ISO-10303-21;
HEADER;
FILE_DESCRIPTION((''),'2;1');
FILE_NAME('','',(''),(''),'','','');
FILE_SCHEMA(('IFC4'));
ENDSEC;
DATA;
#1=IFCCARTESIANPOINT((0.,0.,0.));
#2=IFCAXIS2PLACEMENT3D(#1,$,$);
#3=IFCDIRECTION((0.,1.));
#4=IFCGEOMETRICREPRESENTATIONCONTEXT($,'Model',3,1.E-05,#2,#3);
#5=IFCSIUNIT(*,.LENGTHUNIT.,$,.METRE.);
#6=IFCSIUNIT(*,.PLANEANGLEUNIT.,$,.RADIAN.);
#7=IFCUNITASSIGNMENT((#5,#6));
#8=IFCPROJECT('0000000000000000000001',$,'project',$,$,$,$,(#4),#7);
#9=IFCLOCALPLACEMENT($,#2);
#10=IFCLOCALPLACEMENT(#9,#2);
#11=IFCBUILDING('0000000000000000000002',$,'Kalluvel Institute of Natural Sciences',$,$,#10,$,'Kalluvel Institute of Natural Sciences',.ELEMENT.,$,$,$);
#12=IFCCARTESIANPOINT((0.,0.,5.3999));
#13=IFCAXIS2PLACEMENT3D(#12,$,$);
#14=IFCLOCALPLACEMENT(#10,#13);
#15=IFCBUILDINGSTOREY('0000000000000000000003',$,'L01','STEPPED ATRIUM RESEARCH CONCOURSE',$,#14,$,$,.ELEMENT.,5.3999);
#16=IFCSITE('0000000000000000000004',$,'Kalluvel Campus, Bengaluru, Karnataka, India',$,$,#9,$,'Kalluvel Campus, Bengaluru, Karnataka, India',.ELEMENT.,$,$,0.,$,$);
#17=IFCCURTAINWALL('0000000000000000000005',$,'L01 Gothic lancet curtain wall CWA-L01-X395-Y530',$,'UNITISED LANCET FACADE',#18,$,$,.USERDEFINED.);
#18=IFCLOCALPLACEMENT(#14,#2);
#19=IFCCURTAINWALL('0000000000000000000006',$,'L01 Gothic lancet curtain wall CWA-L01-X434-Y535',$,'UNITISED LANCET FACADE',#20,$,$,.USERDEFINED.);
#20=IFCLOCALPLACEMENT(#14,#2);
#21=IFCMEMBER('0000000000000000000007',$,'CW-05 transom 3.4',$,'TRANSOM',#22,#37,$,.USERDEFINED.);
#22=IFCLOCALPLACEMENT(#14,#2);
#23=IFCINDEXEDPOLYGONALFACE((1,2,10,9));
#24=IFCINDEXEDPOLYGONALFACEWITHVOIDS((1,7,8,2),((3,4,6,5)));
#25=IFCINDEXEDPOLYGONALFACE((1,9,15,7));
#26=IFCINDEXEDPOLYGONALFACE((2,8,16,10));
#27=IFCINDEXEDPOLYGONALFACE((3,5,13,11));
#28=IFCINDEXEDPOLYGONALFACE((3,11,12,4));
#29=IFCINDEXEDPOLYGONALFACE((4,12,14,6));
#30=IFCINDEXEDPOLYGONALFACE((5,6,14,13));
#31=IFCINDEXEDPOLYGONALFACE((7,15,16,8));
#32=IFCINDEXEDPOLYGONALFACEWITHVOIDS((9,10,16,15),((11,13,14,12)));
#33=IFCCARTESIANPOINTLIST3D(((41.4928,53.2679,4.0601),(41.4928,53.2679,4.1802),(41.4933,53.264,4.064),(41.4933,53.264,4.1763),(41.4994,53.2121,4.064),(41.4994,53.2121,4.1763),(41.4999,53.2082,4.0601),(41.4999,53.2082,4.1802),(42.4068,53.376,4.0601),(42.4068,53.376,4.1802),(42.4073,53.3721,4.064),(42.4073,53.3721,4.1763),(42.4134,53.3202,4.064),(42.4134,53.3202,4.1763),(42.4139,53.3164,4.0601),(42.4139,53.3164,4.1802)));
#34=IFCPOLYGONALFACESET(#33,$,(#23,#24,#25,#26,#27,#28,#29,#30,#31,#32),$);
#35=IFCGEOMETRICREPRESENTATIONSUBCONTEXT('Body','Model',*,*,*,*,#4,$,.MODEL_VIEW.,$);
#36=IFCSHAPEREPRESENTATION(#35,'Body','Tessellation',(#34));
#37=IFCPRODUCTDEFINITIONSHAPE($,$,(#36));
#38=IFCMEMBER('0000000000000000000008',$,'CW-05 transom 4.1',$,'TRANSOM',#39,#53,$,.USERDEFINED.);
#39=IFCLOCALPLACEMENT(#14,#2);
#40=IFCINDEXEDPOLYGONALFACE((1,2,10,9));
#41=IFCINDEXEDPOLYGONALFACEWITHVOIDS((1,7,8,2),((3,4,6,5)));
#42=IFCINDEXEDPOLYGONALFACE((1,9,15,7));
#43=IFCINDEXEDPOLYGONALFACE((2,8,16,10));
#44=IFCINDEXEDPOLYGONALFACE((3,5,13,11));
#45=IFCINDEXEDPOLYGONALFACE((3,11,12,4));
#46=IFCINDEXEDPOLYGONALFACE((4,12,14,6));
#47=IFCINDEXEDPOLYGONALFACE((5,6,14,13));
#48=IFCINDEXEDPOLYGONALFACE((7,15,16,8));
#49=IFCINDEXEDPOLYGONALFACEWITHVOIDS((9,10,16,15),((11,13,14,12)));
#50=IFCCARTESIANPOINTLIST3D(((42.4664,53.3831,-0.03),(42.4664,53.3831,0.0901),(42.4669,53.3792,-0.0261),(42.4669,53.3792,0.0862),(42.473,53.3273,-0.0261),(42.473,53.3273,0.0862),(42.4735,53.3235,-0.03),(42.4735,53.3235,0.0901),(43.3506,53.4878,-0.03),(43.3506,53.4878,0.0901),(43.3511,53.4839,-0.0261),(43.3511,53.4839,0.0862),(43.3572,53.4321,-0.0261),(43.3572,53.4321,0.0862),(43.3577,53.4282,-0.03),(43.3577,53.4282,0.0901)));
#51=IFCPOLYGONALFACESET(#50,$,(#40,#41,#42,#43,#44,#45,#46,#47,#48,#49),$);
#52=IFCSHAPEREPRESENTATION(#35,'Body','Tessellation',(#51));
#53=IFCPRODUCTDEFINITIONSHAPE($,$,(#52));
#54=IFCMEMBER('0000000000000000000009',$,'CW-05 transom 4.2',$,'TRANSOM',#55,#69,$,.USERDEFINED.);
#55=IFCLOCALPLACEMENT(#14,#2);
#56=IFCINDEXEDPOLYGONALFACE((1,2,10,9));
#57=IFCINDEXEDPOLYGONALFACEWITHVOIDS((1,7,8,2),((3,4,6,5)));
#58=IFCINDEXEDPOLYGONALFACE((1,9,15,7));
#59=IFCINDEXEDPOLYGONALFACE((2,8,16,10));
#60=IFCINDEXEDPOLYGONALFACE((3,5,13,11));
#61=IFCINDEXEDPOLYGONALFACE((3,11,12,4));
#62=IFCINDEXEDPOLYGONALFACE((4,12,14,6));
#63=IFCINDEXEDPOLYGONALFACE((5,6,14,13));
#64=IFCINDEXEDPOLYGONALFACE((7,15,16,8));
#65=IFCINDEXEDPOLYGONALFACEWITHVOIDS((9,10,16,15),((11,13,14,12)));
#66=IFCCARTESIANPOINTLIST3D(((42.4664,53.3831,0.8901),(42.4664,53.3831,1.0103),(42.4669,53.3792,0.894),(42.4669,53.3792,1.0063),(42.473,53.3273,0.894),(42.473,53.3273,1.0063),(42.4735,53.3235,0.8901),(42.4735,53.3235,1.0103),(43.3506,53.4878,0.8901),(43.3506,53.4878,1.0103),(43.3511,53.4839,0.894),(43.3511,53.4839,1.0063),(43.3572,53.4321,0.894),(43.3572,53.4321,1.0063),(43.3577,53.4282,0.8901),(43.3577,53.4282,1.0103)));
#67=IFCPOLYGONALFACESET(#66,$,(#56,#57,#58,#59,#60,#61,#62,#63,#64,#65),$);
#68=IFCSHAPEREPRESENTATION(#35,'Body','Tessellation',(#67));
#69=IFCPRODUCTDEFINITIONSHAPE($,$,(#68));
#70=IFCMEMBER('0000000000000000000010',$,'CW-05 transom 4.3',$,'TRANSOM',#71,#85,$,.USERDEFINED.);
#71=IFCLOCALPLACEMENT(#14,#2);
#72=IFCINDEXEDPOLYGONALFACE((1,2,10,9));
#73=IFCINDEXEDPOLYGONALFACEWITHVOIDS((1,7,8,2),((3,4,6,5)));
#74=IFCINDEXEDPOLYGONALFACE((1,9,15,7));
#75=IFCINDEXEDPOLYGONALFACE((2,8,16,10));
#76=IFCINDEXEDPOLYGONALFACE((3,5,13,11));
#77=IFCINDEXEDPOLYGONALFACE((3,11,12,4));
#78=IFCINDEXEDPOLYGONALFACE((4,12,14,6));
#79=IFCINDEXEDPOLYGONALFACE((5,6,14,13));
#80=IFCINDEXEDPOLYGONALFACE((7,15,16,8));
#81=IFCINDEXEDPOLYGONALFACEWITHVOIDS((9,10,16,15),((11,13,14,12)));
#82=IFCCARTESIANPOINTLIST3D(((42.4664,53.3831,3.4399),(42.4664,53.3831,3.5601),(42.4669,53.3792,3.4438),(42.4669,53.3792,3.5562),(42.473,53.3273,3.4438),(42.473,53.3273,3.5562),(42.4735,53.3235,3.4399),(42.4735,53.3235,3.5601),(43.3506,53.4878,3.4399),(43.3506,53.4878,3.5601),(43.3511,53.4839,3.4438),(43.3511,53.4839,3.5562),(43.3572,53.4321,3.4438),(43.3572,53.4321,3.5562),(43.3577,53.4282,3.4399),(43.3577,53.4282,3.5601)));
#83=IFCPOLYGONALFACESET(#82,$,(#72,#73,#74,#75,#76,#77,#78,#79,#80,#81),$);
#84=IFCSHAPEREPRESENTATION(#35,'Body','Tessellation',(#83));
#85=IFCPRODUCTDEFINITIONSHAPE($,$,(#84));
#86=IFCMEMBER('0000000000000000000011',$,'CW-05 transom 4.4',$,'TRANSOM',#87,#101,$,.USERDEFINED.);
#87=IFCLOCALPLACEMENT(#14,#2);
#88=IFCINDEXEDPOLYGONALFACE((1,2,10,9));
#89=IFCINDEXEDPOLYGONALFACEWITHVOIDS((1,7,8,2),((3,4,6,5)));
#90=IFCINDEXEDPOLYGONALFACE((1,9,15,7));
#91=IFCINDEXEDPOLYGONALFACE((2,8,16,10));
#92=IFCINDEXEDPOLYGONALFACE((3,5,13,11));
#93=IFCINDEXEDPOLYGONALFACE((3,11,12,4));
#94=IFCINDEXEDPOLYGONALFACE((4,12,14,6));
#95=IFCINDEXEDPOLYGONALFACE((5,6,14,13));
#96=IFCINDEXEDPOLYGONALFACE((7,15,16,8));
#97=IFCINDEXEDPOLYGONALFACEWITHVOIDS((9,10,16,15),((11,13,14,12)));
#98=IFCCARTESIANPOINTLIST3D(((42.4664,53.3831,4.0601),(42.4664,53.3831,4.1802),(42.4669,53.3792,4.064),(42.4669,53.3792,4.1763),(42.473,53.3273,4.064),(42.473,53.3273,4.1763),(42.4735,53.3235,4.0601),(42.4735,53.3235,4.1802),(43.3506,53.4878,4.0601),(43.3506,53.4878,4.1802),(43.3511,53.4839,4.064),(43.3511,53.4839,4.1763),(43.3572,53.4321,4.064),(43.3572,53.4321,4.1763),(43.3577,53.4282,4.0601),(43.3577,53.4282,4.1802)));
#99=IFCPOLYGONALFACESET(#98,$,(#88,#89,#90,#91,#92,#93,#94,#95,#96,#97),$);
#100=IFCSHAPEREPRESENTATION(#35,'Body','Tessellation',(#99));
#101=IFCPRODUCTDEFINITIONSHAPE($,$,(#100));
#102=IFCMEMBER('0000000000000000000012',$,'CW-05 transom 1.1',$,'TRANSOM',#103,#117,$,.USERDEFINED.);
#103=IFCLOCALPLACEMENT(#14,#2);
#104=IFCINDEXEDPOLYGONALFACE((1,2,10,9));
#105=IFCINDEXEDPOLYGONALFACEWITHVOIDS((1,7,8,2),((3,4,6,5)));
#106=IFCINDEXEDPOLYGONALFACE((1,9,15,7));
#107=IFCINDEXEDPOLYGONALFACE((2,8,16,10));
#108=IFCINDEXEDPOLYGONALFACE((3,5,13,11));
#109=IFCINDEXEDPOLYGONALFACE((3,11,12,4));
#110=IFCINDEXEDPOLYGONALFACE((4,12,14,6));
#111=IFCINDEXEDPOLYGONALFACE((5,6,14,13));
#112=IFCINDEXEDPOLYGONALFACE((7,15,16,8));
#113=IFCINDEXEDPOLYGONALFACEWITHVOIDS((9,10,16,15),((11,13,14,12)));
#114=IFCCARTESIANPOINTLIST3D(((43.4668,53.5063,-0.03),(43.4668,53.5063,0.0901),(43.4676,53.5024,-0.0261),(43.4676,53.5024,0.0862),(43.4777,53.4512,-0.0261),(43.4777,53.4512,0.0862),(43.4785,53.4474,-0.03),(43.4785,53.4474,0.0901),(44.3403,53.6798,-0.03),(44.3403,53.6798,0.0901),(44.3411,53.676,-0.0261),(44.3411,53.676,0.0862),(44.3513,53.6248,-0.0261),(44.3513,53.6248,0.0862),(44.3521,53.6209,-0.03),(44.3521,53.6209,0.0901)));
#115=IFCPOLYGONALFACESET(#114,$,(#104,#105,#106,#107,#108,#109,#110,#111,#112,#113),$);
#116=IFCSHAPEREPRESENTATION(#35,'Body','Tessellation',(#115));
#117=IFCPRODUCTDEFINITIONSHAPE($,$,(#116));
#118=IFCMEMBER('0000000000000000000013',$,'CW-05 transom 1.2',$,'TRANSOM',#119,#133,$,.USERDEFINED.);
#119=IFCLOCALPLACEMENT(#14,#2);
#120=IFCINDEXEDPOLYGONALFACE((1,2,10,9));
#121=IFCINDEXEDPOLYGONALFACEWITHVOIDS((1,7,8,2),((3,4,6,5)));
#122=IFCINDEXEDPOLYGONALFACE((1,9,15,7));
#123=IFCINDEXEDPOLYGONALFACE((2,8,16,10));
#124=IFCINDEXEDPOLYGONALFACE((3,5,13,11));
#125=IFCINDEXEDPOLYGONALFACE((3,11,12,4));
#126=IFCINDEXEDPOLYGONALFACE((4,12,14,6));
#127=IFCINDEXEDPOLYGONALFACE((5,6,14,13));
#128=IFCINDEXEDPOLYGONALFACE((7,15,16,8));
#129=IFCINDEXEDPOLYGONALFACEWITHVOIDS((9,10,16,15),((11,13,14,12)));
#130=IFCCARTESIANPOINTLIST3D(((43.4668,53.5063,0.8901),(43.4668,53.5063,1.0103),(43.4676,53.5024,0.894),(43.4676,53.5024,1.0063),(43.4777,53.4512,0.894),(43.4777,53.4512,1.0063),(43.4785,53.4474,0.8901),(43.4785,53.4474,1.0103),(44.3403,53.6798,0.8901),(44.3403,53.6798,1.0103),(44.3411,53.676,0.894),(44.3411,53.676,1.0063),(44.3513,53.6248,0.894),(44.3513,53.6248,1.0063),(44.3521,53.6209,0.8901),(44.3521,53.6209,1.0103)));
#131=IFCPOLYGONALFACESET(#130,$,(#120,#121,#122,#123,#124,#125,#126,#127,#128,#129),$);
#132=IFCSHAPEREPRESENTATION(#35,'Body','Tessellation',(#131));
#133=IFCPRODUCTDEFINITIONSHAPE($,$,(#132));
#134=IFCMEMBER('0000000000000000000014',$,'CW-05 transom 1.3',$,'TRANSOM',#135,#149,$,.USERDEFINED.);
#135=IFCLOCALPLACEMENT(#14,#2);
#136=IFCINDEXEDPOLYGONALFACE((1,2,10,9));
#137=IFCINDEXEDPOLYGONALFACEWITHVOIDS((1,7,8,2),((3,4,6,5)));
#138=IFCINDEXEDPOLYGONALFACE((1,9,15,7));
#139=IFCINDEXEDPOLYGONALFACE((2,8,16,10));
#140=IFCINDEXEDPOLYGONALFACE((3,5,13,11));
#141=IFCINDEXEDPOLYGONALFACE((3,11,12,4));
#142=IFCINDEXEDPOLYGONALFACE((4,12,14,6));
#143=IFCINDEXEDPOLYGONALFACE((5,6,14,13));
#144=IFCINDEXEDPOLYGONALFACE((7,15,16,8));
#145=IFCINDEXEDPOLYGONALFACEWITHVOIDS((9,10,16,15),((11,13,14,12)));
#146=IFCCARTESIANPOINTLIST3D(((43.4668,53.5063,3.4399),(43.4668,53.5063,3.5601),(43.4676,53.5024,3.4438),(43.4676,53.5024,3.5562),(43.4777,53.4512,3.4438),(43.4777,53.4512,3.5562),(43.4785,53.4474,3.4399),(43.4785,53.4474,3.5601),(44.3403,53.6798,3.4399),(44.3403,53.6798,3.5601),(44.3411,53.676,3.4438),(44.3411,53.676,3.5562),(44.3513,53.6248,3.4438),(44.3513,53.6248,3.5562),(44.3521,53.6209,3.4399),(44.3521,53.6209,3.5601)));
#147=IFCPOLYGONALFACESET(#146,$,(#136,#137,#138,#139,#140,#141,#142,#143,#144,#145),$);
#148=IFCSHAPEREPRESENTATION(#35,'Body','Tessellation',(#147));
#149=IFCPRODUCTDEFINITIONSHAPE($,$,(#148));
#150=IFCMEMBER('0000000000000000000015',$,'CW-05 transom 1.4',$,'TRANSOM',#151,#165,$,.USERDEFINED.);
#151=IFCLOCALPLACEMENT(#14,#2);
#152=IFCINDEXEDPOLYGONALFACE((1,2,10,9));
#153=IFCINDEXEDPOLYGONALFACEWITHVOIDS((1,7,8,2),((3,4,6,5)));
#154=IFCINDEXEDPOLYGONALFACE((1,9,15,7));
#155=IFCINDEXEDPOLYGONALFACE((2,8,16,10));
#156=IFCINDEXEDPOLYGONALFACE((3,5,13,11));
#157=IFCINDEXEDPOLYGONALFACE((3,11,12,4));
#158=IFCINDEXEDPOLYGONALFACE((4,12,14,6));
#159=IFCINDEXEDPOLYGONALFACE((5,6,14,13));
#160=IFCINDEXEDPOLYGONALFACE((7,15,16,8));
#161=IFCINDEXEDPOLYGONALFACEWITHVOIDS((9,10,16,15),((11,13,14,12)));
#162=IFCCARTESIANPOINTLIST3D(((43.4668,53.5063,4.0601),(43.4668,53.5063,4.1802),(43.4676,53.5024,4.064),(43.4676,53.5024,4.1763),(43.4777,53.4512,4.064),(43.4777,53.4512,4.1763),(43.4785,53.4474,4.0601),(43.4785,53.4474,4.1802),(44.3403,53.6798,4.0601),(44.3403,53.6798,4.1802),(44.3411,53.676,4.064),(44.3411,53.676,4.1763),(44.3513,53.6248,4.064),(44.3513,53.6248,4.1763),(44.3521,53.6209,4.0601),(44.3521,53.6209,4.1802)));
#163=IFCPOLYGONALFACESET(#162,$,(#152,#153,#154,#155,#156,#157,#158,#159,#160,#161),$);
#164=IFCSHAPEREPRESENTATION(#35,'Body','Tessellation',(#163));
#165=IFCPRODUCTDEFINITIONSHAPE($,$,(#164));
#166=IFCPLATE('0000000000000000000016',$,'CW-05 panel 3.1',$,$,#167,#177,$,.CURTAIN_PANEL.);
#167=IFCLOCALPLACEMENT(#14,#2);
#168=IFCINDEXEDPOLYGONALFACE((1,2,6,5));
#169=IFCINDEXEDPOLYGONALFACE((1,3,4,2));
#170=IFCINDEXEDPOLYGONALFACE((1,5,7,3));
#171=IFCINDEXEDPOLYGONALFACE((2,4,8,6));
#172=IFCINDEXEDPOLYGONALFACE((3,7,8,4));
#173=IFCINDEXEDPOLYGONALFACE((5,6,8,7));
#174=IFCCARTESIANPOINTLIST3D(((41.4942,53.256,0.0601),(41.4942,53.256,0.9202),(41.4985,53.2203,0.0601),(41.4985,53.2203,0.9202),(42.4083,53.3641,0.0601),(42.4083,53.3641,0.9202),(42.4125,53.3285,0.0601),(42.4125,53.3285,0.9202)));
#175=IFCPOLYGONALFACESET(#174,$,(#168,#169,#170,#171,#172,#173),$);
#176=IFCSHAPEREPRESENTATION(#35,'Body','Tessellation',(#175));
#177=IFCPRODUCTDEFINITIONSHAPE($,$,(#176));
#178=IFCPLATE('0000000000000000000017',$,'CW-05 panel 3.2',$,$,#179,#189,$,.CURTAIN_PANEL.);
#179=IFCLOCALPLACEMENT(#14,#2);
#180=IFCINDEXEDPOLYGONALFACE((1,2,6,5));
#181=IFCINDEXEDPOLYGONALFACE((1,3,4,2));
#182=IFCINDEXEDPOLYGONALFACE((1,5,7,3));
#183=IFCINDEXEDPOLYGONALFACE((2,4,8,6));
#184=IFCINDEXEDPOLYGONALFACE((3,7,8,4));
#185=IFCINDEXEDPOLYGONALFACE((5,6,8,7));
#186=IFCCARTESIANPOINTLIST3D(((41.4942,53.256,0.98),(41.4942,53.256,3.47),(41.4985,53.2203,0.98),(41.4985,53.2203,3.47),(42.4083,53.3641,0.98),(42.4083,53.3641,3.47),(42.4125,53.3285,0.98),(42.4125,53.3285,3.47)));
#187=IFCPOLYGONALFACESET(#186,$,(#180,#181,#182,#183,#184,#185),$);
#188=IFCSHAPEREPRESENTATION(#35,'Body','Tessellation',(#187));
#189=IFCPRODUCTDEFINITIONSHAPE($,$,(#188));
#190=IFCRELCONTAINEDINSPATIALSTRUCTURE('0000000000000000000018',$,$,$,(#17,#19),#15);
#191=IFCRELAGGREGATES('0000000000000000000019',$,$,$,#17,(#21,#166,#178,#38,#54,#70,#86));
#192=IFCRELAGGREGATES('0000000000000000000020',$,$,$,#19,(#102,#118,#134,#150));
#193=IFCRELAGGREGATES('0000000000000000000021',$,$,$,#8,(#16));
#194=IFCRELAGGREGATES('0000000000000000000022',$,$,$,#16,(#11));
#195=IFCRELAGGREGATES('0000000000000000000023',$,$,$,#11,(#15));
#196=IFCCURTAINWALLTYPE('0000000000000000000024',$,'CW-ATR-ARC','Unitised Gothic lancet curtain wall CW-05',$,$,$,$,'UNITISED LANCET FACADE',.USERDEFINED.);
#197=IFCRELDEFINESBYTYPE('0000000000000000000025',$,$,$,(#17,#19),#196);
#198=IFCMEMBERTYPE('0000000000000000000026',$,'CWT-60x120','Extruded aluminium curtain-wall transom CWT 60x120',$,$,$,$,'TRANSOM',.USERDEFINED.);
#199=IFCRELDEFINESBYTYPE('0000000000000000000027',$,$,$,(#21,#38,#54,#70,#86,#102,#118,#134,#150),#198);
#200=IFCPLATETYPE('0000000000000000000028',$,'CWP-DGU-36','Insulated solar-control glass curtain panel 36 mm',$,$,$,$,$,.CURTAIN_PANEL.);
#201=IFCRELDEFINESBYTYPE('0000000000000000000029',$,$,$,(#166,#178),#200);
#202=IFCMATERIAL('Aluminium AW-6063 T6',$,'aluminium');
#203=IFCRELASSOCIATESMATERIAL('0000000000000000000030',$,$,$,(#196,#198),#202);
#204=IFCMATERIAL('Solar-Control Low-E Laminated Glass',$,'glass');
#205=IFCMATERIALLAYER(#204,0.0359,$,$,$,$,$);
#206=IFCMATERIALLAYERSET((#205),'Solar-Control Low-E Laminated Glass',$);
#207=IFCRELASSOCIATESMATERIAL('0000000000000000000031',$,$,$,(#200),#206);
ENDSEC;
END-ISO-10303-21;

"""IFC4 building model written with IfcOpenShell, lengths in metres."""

from ifc_helpers import new_model, si_unit, direction, frame, origin, origin_2d, place, context, subcontext, project, spatial, rectangle, hollow_rectangle, extrude, material, layer, layer_set, material_profile, profile_set, type_object, element, aggregate, save


model = new_model("IFC4")

# Units and contexts
model_context = context("Model", 3, precision=1e-05, world=origin(), true_north=direction((0.0, 1.0)))
body_context = subcontext(model_context, "Body", "Model", "MODEL_VIEW")
ifc_project = project(units=[si_unit("LENGTHUNIT", "METRE"), si_unit("PLANEANGLEUNIT", "RADIAN")], contexts=[model_context])

# Site, building, storey
site_placement = place(None, origin())
site = spatial("IfcSite", under=ifc_project, at=site_placement, Name="Kalluvel Campus, Bengaluru, Karnataka, India", LongName="Kalluvel Campus, Bengaluru, Karnataka, India", CompositionType="ELEMENT", RefElevation=0.0)
building_placement = place(site_placement, origin())
building = spatial("IfcBuilding", under=site, at=building_placement, Name="Kalluvel Institute of Natural Sciences", LongName="Kalluvel Institute of Natural Sciences", CompositionType="ELEMENT")
storey_placement = place(building_placement, frame((0.0, 0.0, 5.3999)))
storey = spatial("IfcBuildingStorey", under=building, at=storey_placement, Name="L01", Description="STEPPED ATRIUM RESEARCH CONCOURSE", CompositionType="ELEMENT", Elevation=5.3999)

# Curtain wall
ifc_material_1 = material(Name="Aluminium AW-6063 T6", Category="aluminium")
curtain_wall_type = type_object("IfcCurtainWallType", Name="CW-ATR-ARC", Description="Unitised Gothic lancet curtain wall CW-05", ElementType="UNITISED LANCET FACADE", PredefinedType="USERDEFINED", material=ifc_material_1)
curtain_wall_1_placement = place(storey_placement, origin())
curtain_wall_1 = element("IfcCurtainWall", 1, at=curtain_wall_1_placement, inside=storey, type_object=curtain_wall_type, Name="L01 Gothic lancet curtain wall CWA-L01-X395-Y530", ObjectType="UNITISED LANCET FACADE", PredefinedType="USERDEFINED")

# Curtain wall
curtain_wall_2_placement = place(storey_placement, origin())
curtain_wall_2 = element("IfcCurtainWall", 2, at=curtain_wall_2_placement, inside=storey, type_object=curtain_wall_type, Name="L01 Gothic lancet curtain wall CWA-L01-X434-Y535", ObjectType="UNITISED LANCET FACADE", PredefinedType="USERDEFINED")

# Members
ifc_material_profile_1 = material_profile(ifc_material_1, hollow_rectangle(XDim=0.0601, YDim=0.1201, WallThickness=0.0039, at=origin_2d()), Name="CWT 60x120")
ifc_profile_set_1 = profile_set([ifc_material_profile_1], Name="Aluminium AW-6063 T6")
member_type_1 = type_object("IfcMemberType", Name="CWT-60x120", Description="Extruded aluminium curtain-wall transom CWT 60x120", ElementType="TRANSOM", PredefinedType="USERDEFINED", material=ifc_profile_set_1)
member_1_placement = place(storey_placement, frame((41.4963, 53.238, 4.1201), z_axis=(0.993073, 0.117503, 0.0), x_axis=(-0.117503, 0.993073, 0.0)))
member_1 = element("IfcMember", 3, at=member_1_placement, type_object=member_type_1, Name="CW-05 transom 3.4", ObjectType="TRANSOM", PredefinedType="USERDEFINED", context=body_context, shape_type="SweptSolid", body=[
    extrude(hollow_rectangle(XDim=0.0601, YDim=0.1201, WallThickness=0.0039, at=origin_2d()), origin(), (0.0, 0.0, 1.0), 0.9204),
])
member_2_placement = place(storey_placement, frame((42.47, 53.3533, 0.03), z_axis=(0.993059, 0.117621, 0.0), x_axis=(-0.117621, 0.993059, 0.0)))
member_2 = element("IfcMember", 4, at=member_2_placement, type_object=member_type_1, Name="CW-05 transom 4.1", ObjectType="TRANSOM", PredefinedType="USERDEFINED", context=body_context, shape_type="SweptSolid", body=[
    extrude(hollow_rectangle(XDim=0.0601, YDim=0.1201, WallThickness=0.0039, at=origin_2d()), origin(), (0.0, 0.0, 1.0), 0.8904),
])
member_3_placement = place(storey_placement, frame((42.47, 53.3533, 0.9502), z_axis=(0.993059, 0.117621, 0.0), x_axis=(-0.117621, 0.993059, 0.0)))
member_3 = element("IfcMember", 5, at=member_3_placement, type_object=member_type_1, Name="CW-05 transom 4.2", ObjectType="TRANSOM", PredefinedType="USERDEFINED", context=body_context, shape_type="SweptSolid", body=[
    extrude(hollow_rectangle(XDim=0.0601, YDim=0.1201, WallThickness=0.0039, at=origin_2d()), origin(), (0.0, 0.0, 1.0), 0.8904),
])
member_4_placement = place(storey_placement, frame((42.47, 53.3533, 3.5), z_axis=(0.993059, 0.117621, 0.0), x_axis=(-0.117621, 0.993059, 0.0)))
member_4 = element("IfcMember", 6, at=member_4_placement, type_object=member_type_1, Name="CW-05 transom 4.3", ObjectType="TRANSOM", PredefinedType="USERDEFINED", context=body_context, shape_type="SweptSolid", body=[
    extrude(hollow_rectangle(XDim=0.0601, YDim=0.1201, WallThickness=0.0039, at=origin_2d()), origin(), (0.0, 0.0, 1.0), 0.8904),
])
member_5_placement = place(storey_placement, frame((42.47, 53.3533, 4.1201), z_axis=(0.993059, 0.117621, 0.0), x_axis=(-0.117621, 0.993059, 0.0)))
member_5 = element("IfcMember", 7, at=member_5_placement, type_object=member_type_1, Name="CW-05 transom 4.4", ObjectType="TRANSOM", PredefinedType="USERDEFINED", context=body_context, shape_type="SweptSolid", body=[
    extrude(hollow_rectangle(XDim=0.0601, YDim=0.1201, WallThickness=0.0039, at=origin_2d()), origin(), (0.0, 0.0, 1.0), 0.8904),
])
member_6_placement = place(storey_placement, frame((43.4727, 53.4768, 0.03), z_axis=(0.980822, 0.194904, 0.0), x_axis=(-0.194904, 0.980822, 0.0)))
member_6 = element("IfcMember", 8, at=member_6_placement, type_object=member_type_1, Name="CW-05 transom 1.1", ObjectType="TRANSOM", PredefinedType="USERDEFINED", context=body_context, shape_type="SweptSolid", body=[
    extrude(hollow_rectangle(XDim=0.0601, YDim=0.1201, WallThickness=0.0039, at=origin_2d()), origin(), (0.0, 0.0, 1.0), 0.8906),
])
member_7_placement = place(storey_placement, frame((43.4727, 53.4768, 0.9502), z_axis=(0.980822, 0.194904, 0.0), x_axis=(-0.194904, 0.980822, 0.0)))
member_7 = element("IfcMember", 9, at=member_7_placement, type_object=member_type_1, Name="CW-05 transom 1.2", ObjectType="TRANSOM", PredefinedType="USERDEFINED", context=body_context, shape_type="SweptSolid", body=[
    extrude(hollow_rectangle(XDim=0.0601, YDim=0.1201, WallThickness=0.0039, at=origin_2d()), origin(), (0.0, 0.0, 1.0), 0.8906),
])
member_8_placement = place(storey_placement, frame((43.4727, 53.4768, 3.5), z_axis=(0.980822, 0.194904, 0.0), x_axis=(-0.194904, 0.980822, 0.0)))
member_8 = element("IfcMember", 10, at=member_8_placement, type_object=member_type_1, Name="CW-05 transom 1.3", ObjectType="TRANSOM", PredefinedType="USERDEFINED", context=body_context, shape_type="SweptSolid", body=[
    extrude(hollow_rectangle(XDim=0.0601, YDim=0.1201, WallThickness=0.0039, at=origin_2d()), origin(), (0.0, 0.0, 1.0), 0.8906),
])
member_9_placement = place(storey_placement, frame((43.4727, 53.4768, 4.1201), z_axis=(0.980822, 0.194904, 0.0), x_axis=(-0.194904, 0.980822, 0.0)))
member_9 = element("IfcMember", 11, at=member_9_placement, type_object=member_type_1, Name="CW-05 transom 1.4", ObjectType="TRANSOM", PredefinedType="USERDEFINED", context=body_context, shape_type="SweptSolid", body=[
    extrude(hollow_rectangle(XDim=0.0601, YDim=0.1201, WallThickness=0.0039, at=origin_2d()), origin(), (0.0, 0.0, 1.0), 0.8906),
])

# Plates
ifc_material_2 = material(Name="Solar-Control Low-E Laminated Glass", Category="glass")
ifc_layer = layer(ifc_material_2, 0.0359)
ifc_layer_set = layer_set([ifc_layer], Name="Solar-Control Low-E Laminated Glass")
plate_type = type_object("IfcPlateType", Name="CWP-DGU-36", Description="Insulated solar-control glass curtain panel 36 mm", PredefinedType="CURTAIN_PANEL", material=ifc_layer_set)
plate_1_placement = place(storey_placement, frame((41.9534, 53.2922, 0.0601), z_axis=(0.0, 0.0, 1.0), x_axis=(0.993068, 0.117539, 0.0)))
plate_1 = element("IfcPlate", 12, at=plate_1_placement, type_object=plate_type, Name="CW-05 panel 3.1", PredefinedType="CURTAIN_PANEL", context=body_context, shape_type="SweptSolid", body=[
    extrude(rectangle(XDim=0.9204, YDim=0.0359, at=origin_2d()), origin(), (0.0, 0.0, 1.0), 0.8601),
])
plate_2_placement = place(storey_placement, frame((41.9534, 53.2922, 0.98), z_axis=(0.0, 0.0, 1.0), x_axis=(0.993068, 0.117539, 0.0)))
plate_2 = element("IfcPlate", 13, at=plate_2_placement, type_object=plate_type, Name="CW-05 panel 3.2", PredefinedType="CURTAIN_PANEL", context=body_context, shape_type="SweptSolid", body=[
    extrude(rectangle(XDim=0.9204, YDim=0.0359, at=origin_2d()), origin(), (0.0, 0.0, 1.0), 2.49),
])
aggregate(curtain_wall_1, [member_1, plate_1, plate_2, member_2, member_3, member_4, member_5])
aggregate(curtain_wall_2, [member_6, member_7, member_8, member_9])

save(model, "model.ifc")
